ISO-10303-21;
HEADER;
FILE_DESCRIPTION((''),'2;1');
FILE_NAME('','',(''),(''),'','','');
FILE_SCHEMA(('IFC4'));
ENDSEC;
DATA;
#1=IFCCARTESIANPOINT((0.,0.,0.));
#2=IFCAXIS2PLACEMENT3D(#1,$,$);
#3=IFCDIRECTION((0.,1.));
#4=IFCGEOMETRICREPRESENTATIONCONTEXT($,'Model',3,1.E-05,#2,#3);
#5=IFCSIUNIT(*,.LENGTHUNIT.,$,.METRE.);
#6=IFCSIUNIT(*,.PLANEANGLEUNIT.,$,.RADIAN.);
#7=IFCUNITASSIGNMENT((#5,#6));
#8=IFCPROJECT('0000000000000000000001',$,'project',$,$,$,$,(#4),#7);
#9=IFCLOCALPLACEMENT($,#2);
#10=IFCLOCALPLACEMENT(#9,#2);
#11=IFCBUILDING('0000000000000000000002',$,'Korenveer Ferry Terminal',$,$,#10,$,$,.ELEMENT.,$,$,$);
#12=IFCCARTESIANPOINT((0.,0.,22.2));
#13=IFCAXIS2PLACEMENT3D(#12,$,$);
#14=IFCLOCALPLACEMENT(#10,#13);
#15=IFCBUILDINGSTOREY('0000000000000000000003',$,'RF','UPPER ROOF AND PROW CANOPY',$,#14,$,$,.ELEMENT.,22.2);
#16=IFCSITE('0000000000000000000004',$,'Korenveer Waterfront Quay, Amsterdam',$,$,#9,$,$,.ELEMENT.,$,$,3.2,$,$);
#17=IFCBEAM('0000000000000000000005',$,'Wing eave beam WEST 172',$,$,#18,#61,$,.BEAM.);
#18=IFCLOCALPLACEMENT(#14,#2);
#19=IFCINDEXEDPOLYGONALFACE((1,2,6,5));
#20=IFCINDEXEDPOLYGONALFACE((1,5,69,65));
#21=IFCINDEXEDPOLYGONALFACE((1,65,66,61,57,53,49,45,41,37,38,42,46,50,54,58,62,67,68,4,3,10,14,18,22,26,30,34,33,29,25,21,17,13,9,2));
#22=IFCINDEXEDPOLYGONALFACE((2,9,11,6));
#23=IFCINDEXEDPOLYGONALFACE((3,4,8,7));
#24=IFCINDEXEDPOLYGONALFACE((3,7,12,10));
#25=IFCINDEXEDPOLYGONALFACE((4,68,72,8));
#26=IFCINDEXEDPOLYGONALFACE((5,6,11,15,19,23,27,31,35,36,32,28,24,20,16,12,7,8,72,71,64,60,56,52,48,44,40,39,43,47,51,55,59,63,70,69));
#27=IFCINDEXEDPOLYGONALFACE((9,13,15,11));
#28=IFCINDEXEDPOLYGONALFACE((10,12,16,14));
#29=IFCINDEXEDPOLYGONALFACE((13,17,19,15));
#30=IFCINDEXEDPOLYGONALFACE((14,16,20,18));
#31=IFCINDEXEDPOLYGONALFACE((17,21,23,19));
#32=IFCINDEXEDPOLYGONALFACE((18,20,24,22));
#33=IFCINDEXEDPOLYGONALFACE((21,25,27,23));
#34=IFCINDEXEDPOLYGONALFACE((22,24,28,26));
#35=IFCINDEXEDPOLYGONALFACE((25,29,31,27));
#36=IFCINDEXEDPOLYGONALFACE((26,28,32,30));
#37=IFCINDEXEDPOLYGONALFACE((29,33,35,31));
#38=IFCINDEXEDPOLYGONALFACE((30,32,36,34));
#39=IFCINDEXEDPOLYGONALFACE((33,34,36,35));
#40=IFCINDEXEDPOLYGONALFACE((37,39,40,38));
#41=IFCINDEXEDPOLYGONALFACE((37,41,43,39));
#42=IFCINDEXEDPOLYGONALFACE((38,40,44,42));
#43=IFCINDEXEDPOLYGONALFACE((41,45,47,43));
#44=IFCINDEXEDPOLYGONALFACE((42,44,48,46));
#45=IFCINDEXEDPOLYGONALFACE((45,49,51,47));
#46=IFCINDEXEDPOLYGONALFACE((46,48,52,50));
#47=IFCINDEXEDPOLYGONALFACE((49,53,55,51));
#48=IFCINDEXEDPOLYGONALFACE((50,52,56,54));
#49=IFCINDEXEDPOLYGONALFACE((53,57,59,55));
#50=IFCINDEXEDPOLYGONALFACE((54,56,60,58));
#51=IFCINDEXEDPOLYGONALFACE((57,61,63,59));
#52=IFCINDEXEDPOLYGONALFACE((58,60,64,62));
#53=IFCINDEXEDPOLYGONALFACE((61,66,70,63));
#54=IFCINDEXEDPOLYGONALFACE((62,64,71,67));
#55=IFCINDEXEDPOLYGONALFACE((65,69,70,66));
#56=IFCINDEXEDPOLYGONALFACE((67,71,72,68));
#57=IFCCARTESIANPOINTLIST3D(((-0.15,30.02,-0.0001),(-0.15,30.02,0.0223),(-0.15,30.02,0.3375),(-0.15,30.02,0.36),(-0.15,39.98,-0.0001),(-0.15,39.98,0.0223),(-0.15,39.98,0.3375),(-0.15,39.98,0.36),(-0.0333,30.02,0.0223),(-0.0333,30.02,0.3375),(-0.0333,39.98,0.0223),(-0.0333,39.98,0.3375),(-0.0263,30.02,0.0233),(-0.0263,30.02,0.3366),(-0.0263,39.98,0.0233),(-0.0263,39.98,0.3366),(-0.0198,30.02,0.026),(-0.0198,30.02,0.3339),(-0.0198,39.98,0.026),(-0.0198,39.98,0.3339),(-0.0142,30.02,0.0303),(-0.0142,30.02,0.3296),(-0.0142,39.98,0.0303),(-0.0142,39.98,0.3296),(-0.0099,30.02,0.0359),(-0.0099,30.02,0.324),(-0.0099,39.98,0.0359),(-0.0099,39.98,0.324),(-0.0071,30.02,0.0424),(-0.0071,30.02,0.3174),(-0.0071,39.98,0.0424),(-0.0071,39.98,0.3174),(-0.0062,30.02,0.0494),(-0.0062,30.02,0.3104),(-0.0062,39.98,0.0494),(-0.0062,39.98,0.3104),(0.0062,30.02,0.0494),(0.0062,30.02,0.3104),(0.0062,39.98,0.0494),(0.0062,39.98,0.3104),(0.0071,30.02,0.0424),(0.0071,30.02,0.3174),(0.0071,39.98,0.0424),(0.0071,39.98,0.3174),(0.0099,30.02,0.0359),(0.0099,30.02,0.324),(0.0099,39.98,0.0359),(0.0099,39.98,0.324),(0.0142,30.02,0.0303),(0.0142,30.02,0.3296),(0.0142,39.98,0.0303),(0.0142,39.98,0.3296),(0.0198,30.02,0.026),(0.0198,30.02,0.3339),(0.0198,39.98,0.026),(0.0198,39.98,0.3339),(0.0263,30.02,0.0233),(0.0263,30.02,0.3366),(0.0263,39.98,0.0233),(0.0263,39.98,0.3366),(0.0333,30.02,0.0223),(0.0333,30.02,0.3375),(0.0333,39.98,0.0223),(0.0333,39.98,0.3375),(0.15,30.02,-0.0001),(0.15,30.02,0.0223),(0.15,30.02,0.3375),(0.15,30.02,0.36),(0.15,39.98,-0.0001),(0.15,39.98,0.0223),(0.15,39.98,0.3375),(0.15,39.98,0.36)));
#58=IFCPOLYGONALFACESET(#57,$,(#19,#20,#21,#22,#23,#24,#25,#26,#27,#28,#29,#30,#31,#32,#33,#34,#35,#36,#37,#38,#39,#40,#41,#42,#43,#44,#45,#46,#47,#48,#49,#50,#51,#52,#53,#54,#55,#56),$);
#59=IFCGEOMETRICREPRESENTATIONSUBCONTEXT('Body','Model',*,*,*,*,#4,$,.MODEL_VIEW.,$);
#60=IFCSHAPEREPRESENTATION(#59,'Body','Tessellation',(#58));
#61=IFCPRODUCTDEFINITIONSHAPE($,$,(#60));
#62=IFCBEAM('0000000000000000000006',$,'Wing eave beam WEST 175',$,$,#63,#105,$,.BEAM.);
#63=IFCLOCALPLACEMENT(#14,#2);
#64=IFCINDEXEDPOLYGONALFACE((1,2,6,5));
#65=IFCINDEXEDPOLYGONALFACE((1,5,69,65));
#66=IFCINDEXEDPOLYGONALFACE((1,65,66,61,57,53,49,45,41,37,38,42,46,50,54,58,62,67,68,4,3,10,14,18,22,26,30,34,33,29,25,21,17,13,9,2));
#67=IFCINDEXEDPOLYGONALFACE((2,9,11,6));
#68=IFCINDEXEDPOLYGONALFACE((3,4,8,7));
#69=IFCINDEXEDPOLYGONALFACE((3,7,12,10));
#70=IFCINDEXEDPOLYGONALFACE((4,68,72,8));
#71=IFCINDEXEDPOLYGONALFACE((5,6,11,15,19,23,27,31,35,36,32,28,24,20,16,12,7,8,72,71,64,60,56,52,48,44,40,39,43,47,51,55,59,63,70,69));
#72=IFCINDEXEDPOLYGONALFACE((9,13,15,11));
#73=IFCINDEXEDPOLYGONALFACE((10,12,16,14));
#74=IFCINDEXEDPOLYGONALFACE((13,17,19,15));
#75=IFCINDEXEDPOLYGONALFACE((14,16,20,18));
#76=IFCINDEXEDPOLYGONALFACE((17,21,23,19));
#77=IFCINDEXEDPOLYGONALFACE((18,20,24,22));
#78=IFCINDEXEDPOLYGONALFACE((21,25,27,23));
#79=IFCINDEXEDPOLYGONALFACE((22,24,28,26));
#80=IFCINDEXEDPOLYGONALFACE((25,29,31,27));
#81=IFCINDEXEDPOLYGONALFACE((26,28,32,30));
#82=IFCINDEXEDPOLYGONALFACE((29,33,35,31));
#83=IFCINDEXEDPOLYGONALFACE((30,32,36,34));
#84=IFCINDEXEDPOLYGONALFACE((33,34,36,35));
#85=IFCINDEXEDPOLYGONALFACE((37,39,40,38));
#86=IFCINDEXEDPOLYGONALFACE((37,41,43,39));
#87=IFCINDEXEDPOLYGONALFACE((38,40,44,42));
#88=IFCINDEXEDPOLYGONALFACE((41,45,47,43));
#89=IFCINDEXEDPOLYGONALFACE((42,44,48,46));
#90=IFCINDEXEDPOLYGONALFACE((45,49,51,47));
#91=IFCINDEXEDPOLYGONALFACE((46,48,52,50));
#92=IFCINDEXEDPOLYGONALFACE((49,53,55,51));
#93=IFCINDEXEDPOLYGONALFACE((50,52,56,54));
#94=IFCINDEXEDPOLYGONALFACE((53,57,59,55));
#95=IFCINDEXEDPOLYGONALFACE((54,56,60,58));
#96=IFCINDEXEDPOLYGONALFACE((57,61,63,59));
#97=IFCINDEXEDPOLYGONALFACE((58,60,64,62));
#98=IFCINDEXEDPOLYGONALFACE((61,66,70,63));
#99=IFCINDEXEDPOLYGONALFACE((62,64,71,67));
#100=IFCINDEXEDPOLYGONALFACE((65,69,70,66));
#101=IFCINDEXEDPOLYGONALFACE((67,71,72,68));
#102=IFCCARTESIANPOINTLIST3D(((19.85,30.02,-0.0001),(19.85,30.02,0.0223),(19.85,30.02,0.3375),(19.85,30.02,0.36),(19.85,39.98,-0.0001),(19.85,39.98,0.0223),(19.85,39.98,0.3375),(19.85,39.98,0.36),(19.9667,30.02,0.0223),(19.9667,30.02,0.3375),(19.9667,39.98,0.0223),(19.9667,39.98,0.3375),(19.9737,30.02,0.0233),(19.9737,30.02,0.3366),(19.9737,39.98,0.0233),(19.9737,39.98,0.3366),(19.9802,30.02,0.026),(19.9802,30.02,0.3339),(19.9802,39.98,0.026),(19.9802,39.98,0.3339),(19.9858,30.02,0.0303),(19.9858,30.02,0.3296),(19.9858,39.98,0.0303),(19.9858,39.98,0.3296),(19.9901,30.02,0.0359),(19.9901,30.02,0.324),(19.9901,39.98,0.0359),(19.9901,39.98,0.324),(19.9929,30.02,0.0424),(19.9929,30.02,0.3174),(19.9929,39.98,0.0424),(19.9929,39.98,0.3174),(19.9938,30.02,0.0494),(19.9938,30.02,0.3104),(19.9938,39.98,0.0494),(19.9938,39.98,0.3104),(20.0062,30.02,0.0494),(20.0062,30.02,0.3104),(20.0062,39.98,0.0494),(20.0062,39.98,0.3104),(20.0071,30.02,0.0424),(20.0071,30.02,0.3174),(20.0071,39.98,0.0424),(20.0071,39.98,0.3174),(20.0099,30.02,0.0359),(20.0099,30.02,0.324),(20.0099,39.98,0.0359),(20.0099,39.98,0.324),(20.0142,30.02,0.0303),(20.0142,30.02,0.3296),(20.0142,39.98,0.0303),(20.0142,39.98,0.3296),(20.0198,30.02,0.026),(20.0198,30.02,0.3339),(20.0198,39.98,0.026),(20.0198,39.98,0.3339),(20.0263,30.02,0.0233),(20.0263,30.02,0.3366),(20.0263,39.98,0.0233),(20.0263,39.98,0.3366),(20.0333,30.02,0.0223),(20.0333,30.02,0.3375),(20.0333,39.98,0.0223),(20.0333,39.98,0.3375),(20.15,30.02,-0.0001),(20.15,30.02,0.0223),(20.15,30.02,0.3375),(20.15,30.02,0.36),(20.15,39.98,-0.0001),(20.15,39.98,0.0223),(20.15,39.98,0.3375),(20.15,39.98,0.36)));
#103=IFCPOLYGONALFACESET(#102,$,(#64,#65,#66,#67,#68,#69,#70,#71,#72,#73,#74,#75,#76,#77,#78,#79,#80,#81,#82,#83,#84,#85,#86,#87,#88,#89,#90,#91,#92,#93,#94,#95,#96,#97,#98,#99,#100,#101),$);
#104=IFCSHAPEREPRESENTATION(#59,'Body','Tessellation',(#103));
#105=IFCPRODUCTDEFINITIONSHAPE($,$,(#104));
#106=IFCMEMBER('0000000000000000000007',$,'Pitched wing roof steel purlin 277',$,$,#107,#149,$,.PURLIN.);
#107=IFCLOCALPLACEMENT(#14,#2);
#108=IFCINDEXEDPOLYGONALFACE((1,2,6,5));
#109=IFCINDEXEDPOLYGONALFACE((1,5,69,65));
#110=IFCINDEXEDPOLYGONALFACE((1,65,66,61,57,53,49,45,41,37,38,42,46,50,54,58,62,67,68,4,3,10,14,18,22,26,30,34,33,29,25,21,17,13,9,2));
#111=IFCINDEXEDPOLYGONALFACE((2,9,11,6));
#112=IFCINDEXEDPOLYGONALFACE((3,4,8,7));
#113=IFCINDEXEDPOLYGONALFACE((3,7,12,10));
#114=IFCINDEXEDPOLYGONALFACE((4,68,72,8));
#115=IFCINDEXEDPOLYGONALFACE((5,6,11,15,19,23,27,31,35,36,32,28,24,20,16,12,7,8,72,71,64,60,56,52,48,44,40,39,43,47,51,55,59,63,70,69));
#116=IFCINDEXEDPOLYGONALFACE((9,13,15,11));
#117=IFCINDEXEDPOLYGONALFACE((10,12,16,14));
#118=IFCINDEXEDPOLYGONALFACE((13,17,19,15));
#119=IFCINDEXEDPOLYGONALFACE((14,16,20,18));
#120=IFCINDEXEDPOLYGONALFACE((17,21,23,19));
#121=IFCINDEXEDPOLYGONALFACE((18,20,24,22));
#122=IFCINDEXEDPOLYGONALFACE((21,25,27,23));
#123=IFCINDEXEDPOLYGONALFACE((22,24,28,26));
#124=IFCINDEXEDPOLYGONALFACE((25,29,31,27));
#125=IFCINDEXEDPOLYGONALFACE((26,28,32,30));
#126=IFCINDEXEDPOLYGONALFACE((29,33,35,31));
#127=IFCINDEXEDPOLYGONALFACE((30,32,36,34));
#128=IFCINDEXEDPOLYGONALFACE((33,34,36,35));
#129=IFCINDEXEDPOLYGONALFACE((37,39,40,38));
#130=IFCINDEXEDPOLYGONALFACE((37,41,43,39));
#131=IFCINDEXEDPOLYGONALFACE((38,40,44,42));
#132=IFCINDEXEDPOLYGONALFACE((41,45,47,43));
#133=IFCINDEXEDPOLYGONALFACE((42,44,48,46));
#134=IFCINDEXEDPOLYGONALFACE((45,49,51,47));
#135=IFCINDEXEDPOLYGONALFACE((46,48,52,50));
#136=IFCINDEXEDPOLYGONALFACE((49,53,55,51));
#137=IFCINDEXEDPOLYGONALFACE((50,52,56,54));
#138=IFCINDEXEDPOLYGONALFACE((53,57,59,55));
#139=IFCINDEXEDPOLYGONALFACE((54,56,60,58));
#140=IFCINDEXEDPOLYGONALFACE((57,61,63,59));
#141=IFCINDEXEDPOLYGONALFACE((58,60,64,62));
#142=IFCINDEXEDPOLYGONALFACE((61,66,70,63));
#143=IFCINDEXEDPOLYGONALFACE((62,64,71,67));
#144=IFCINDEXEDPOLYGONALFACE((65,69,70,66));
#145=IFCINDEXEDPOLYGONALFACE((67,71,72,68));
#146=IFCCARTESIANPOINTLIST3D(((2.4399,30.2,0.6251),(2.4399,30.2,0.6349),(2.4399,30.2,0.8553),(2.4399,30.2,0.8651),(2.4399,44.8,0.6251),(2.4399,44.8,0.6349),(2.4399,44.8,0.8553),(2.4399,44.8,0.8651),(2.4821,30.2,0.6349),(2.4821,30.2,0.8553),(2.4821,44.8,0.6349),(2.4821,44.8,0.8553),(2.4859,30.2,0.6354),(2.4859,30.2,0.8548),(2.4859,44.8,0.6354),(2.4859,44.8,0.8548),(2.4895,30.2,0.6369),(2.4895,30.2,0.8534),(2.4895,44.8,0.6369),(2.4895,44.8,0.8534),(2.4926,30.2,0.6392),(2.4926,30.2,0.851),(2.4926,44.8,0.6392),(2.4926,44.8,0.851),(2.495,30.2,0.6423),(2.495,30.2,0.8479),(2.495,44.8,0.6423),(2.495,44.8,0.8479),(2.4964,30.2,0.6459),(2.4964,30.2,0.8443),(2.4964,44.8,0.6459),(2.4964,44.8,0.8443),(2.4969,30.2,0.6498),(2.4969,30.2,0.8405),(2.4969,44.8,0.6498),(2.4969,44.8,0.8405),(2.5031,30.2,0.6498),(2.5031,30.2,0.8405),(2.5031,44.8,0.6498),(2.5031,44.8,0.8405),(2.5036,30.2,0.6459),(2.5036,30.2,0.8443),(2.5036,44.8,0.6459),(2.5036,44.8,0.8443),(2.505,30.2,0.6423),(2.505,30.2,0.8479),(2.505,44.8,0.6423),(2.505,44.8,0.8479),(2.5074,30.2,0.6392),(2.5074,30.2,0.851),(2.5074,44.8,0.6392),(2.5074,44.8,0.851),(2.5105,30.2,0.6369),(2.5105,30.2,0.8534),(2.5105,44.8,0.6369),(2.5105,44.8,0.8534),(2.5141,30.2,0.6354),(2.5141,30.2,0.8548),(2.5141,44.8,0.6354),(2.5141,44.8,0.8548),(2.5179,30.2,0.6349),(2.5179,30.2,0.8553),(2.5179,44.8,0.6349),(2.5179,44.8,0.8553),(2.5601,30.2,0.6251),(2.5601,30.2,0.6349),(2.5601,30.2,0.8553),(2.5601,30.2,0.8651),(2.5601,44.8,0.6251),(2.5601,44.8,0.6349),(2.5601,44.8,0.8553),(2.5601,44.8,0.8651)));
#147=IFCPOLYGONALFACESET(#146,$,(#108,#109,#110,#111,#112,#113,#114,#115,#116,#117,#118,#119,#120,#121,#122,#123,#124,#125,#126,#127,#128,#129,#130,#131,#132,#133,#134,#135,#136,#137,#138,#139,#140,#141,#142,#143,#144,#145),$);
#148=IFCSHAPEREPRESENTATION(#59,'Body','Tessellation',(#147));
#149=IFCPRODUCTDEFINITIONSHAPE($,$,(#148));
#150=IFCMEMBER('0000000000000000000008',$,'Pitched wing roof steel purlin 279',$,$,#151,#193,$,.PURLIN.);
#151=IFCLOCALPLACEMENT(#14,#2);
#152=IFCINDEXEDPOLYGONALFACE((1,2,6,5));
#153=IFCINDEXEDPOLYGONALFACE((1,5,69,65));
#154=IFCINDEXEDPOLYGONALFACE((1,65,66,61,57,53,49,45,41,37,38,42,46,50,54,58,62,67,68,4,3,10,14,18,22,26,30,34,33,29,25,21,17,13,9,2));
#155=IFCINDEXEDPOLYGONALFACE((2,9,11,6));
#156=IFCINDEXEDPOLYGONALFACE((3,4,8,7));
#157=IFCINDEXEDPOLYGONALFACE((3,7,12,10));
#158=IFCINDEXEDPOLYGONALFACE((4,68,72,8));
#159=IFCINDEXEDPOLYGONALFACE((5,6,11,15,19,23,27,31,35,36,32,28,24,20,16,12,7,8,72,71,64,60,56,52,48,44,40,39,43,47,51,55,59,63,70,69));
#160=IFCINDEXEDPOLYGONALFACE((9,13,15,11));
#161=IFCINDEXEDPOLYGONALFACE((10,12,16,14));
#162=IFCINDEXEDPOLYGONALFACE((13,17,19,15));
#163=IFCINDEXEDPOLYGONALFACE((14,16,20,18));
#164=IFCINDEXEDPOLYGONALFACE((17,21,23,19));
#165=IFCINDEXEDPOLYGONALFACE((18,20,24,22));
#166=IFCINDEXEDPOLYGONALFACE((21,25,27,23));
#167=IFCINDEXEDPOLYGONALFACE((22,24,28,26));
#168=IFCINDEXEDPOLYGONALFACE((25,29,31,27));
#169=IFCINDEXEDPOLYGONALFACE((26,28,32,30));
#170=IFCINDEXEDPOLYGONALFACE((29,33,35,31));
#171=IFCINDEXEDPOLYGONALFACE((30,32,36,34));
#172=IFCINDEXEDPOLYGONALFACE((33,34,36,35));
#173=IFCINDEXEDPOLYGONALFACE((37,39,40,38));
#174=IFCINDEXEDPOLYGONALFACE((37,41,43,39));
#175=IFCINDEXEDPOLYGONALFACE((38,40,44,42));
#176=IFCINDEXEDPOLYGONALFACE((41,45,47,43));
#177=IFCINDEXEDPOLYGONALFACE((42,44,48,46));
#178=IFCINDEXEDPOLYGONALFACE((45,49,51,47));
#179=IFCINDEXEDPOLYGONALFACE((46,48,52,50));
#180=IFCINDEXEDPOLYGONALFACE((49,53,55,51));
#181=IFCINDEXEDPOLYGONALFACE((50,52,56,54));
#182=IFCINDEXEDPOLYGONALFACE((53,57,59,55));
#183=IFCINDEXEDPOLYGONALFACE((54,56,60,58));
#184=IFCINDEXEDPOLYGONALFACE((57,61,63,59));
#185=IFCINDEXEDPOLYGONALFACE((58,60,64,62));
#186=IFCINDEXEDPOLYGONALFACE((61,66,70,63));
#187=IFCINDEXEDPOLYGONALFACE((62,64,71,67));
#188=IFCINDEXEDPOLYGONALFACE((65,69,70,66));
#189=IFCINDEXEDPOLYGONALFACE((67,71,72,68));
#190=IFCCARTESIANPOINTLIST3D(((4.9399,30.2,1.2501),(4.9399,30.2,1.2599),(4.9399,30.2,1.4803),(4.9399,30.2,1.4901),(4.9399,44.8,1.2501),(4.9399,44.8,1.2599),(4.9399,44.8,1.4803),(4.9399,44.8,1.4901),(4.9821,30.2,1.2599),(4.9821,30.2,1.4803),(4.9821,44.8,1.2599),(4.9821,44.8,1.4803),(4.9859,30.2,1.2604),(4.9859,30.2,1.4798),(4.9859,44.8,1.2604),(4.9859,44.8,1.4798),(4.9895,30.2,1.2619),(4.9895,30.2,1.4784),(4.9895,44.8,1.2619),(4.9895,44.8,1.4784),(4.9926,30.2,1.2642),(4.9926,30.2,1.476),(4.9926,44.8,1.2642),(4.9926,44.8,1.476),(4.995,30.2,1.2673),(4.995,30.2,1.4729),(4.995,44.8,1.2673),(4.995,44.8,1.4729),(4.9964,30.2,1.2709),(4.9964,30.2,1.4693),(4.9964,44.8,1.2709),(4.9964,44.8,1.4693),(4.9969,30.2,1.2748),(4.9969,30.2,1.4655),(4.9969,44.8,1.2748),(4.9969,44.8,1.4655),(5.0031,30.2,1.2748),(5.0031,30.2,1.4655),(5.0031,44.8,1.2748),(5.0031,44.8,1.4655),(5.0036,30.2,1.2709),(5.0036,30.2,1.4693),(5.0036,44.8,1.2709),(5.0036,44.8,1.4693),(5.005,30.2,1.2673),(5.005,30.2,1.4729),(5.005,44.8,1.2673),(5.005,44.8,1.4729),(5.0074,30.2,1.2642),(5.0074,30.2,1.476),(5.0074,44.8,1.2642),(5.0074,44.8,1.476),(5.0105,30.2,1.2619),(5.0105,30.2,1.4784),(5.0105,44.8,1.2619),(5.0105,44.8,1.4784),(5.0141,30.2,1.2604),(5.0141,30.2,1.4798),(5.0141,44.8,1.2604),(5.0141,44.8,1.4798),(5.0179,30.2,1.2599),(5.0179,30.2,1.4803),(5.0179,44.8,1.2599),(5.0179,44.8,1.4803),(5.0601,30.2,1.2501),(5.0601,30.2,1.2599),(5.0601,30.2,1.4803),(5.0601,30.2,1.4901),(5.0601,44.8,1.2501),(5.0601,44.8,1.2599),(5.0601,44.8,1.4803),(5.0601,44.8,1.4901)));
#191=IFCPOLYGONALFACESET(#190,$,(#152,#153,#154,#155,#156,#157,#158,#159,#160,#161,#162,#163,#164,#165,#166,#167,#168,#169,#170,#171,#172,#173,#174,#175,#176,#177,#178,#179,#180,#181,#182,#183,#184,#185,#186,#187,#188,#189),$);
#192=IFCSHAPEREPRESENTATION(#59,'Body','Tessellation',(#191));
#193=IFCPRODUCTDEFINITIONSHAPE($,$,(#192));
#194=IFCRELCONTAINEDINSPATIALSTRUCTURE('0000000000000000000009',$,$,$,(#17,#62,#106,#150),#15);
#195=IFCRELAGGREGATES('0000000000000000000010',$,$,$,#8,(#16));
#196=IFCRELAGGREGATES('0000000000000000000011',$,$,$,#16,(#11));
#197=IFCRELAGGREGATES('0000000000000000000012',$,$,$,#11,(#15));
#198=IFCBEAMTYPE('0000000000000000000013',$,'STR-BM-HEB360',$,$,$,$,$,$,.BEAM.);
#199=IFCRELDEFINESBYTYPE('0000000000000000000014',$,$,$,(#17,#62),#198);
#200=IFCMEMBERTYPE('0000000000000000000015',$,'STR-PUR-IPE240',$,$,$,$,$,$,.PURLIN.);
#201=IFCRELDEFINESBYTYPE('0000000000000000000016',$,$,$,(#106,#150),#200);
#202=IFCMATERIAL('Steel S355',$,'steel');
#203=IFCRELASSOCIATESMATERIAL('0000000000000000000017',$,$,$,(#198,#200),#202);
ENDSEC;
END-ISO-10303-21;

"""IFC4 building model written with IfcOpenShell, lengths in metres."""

from ifc_helpers import new_model, si_unit, direction, frame, origin, origin_2d, place, context, subcontext, project, spatial, i_section, extrude, material, material_profile, profile_set, type_object, element, save


model = new_model("IFC4")

# Units and contexts
model_context = context("Model", 3, precision=1e-05, world=origin(), true_north=direction((0.0, 1.0)))
body_context = subcontext(model_context, "Body", "Model", "MODEL_VIEW")
ifc_project = project(units=[si_unit("LENGTHUNIT", "METRE"), si_unit("PLANEANGLEUNIT", "RADIAN")], contexts=[model_context])

# Site, building, storey
site_placement = place(None, origin())
site = spatial("IfcSite", under=ifc_project, at=site_placement, Name="Korenveer Waterfront Quay, Amsterdam", CompositionType="ELEMENT", RefElevation=3.2)
building_placement = place(site_placement, origin())
building = spatial("IfcBuilding", under=site, at=building_placement, Name="Korenveer Ferry Terminal", CompositionType="ELEMENT")
storey_placement = place(building_placement, frame((0.0, 0.0, 22.2)))
storey = spatial("IfcBuildingStorey", under=building, at=storey_placement, Name="RF", Description="UPPER ROOF AND PROW CANOPY", CompositionType="ELEMENT", Elevation=22.2)

# Beams
ifc_material_1 = material(Name="Steel S355", Category="steel")
ifc_material_profile_1 = material_profile(ifc_material_1, i_section(OverallWidth=0.3, OverallDepth=0.3601, WebThickness=0.0125, FlangeThickness=0.0225, FilletRadius=0.0271, at=origin_2d()), Name="HEB 360")
ifc_profile_set_1 = profile_set([ifc_material_profile_1], Name="Steel S355")
beam_type_1 = type_object("IfcBeamType", Name="STR-BM-HEB360", PredefinedType="BEAM", material=ifc_profile_set_1)
for number, where, z_axis, x_axis, name in (
    (1, (0.0, 30.02, 0.1799), (0.0, 1.0, 0.0), (-1.0, 0.0, 0.0), "Wing eave beam WEST 172"),
    (2, (20.0, 30.02, 0.1799), (0.0, 1.0, 0.0), (-1.0, 0.0, 0.0), "Wing eave beam WEST 175"),
):
    element("IfcBeam", number, at=place(storey_placement, frame(where, z_axis=z_axis, x_axis=x_axis)), inside=storey, type_object=beam_type_1, Name=name, PredefinedType="BEAM", context=body_context, shape_type="SweptSolid", body=[
        extrude(i_section(OverallWidth=0.3, OverallDepth=0.3601, WebThickness=0.0125, FlangeThickness=0.0225, FilletRadius=0.0271, at=origin_2d()), origin(), (0.0, 0.0, 1.0), 9.96),
    ])

# Members
ifc_material_profile_2 = material_profile(ifc_material_1, i_section(OverallWidth=0.1201, OverallDepth=0.24, WebThickness=0.0061, FlangeThickness=0.0098, FilletRadius=0.0149, at=origin_2d()), Name="IPE 240")
ifc_profile_set_2 = profile_set([ifc_material_profile_2], Name="Steel S355")
member_type_1 = type_object("IfcMemberType", Name="STR-PUR-IPE240", PredefinedType="PURLIN", material=ifc_profile_set_2)
for number, where, z_axis, x_axis, name in (
    (3, (2.5, 30.2, 0.7451), (0.0, 1.0, 0.0), (-1.0, 0.0, 0.0), "Pitched wing roof steel purlin 277"),
    (4, (5.0, 30.2, 1.3701), (0.0, 1.0, 0.0), (-1.0, 0.0, 0.0), "Pitched wing roof steel purlin 279"),
):
    element("IfcMember", number, at=place(storey_placement, frame(where, z_axis=z_axis, x_axis=x_axis)), inside=storey, type_object=member_type_1, Name=name, PredefinedType="PURLIN", context=body_context, shape_type="SweptSolid", body=[
        extrude(i_section(OverallWidth=0.1201, OverallDepth=0.24, WebThickness=0.0061, FlangeThickness=0.0098, FilletRadius=0.0149, at=origin_2d()), origin(), (0.0, 0.0, 1.0), 14.6001),
    ])

save(model, "model.ifc")
